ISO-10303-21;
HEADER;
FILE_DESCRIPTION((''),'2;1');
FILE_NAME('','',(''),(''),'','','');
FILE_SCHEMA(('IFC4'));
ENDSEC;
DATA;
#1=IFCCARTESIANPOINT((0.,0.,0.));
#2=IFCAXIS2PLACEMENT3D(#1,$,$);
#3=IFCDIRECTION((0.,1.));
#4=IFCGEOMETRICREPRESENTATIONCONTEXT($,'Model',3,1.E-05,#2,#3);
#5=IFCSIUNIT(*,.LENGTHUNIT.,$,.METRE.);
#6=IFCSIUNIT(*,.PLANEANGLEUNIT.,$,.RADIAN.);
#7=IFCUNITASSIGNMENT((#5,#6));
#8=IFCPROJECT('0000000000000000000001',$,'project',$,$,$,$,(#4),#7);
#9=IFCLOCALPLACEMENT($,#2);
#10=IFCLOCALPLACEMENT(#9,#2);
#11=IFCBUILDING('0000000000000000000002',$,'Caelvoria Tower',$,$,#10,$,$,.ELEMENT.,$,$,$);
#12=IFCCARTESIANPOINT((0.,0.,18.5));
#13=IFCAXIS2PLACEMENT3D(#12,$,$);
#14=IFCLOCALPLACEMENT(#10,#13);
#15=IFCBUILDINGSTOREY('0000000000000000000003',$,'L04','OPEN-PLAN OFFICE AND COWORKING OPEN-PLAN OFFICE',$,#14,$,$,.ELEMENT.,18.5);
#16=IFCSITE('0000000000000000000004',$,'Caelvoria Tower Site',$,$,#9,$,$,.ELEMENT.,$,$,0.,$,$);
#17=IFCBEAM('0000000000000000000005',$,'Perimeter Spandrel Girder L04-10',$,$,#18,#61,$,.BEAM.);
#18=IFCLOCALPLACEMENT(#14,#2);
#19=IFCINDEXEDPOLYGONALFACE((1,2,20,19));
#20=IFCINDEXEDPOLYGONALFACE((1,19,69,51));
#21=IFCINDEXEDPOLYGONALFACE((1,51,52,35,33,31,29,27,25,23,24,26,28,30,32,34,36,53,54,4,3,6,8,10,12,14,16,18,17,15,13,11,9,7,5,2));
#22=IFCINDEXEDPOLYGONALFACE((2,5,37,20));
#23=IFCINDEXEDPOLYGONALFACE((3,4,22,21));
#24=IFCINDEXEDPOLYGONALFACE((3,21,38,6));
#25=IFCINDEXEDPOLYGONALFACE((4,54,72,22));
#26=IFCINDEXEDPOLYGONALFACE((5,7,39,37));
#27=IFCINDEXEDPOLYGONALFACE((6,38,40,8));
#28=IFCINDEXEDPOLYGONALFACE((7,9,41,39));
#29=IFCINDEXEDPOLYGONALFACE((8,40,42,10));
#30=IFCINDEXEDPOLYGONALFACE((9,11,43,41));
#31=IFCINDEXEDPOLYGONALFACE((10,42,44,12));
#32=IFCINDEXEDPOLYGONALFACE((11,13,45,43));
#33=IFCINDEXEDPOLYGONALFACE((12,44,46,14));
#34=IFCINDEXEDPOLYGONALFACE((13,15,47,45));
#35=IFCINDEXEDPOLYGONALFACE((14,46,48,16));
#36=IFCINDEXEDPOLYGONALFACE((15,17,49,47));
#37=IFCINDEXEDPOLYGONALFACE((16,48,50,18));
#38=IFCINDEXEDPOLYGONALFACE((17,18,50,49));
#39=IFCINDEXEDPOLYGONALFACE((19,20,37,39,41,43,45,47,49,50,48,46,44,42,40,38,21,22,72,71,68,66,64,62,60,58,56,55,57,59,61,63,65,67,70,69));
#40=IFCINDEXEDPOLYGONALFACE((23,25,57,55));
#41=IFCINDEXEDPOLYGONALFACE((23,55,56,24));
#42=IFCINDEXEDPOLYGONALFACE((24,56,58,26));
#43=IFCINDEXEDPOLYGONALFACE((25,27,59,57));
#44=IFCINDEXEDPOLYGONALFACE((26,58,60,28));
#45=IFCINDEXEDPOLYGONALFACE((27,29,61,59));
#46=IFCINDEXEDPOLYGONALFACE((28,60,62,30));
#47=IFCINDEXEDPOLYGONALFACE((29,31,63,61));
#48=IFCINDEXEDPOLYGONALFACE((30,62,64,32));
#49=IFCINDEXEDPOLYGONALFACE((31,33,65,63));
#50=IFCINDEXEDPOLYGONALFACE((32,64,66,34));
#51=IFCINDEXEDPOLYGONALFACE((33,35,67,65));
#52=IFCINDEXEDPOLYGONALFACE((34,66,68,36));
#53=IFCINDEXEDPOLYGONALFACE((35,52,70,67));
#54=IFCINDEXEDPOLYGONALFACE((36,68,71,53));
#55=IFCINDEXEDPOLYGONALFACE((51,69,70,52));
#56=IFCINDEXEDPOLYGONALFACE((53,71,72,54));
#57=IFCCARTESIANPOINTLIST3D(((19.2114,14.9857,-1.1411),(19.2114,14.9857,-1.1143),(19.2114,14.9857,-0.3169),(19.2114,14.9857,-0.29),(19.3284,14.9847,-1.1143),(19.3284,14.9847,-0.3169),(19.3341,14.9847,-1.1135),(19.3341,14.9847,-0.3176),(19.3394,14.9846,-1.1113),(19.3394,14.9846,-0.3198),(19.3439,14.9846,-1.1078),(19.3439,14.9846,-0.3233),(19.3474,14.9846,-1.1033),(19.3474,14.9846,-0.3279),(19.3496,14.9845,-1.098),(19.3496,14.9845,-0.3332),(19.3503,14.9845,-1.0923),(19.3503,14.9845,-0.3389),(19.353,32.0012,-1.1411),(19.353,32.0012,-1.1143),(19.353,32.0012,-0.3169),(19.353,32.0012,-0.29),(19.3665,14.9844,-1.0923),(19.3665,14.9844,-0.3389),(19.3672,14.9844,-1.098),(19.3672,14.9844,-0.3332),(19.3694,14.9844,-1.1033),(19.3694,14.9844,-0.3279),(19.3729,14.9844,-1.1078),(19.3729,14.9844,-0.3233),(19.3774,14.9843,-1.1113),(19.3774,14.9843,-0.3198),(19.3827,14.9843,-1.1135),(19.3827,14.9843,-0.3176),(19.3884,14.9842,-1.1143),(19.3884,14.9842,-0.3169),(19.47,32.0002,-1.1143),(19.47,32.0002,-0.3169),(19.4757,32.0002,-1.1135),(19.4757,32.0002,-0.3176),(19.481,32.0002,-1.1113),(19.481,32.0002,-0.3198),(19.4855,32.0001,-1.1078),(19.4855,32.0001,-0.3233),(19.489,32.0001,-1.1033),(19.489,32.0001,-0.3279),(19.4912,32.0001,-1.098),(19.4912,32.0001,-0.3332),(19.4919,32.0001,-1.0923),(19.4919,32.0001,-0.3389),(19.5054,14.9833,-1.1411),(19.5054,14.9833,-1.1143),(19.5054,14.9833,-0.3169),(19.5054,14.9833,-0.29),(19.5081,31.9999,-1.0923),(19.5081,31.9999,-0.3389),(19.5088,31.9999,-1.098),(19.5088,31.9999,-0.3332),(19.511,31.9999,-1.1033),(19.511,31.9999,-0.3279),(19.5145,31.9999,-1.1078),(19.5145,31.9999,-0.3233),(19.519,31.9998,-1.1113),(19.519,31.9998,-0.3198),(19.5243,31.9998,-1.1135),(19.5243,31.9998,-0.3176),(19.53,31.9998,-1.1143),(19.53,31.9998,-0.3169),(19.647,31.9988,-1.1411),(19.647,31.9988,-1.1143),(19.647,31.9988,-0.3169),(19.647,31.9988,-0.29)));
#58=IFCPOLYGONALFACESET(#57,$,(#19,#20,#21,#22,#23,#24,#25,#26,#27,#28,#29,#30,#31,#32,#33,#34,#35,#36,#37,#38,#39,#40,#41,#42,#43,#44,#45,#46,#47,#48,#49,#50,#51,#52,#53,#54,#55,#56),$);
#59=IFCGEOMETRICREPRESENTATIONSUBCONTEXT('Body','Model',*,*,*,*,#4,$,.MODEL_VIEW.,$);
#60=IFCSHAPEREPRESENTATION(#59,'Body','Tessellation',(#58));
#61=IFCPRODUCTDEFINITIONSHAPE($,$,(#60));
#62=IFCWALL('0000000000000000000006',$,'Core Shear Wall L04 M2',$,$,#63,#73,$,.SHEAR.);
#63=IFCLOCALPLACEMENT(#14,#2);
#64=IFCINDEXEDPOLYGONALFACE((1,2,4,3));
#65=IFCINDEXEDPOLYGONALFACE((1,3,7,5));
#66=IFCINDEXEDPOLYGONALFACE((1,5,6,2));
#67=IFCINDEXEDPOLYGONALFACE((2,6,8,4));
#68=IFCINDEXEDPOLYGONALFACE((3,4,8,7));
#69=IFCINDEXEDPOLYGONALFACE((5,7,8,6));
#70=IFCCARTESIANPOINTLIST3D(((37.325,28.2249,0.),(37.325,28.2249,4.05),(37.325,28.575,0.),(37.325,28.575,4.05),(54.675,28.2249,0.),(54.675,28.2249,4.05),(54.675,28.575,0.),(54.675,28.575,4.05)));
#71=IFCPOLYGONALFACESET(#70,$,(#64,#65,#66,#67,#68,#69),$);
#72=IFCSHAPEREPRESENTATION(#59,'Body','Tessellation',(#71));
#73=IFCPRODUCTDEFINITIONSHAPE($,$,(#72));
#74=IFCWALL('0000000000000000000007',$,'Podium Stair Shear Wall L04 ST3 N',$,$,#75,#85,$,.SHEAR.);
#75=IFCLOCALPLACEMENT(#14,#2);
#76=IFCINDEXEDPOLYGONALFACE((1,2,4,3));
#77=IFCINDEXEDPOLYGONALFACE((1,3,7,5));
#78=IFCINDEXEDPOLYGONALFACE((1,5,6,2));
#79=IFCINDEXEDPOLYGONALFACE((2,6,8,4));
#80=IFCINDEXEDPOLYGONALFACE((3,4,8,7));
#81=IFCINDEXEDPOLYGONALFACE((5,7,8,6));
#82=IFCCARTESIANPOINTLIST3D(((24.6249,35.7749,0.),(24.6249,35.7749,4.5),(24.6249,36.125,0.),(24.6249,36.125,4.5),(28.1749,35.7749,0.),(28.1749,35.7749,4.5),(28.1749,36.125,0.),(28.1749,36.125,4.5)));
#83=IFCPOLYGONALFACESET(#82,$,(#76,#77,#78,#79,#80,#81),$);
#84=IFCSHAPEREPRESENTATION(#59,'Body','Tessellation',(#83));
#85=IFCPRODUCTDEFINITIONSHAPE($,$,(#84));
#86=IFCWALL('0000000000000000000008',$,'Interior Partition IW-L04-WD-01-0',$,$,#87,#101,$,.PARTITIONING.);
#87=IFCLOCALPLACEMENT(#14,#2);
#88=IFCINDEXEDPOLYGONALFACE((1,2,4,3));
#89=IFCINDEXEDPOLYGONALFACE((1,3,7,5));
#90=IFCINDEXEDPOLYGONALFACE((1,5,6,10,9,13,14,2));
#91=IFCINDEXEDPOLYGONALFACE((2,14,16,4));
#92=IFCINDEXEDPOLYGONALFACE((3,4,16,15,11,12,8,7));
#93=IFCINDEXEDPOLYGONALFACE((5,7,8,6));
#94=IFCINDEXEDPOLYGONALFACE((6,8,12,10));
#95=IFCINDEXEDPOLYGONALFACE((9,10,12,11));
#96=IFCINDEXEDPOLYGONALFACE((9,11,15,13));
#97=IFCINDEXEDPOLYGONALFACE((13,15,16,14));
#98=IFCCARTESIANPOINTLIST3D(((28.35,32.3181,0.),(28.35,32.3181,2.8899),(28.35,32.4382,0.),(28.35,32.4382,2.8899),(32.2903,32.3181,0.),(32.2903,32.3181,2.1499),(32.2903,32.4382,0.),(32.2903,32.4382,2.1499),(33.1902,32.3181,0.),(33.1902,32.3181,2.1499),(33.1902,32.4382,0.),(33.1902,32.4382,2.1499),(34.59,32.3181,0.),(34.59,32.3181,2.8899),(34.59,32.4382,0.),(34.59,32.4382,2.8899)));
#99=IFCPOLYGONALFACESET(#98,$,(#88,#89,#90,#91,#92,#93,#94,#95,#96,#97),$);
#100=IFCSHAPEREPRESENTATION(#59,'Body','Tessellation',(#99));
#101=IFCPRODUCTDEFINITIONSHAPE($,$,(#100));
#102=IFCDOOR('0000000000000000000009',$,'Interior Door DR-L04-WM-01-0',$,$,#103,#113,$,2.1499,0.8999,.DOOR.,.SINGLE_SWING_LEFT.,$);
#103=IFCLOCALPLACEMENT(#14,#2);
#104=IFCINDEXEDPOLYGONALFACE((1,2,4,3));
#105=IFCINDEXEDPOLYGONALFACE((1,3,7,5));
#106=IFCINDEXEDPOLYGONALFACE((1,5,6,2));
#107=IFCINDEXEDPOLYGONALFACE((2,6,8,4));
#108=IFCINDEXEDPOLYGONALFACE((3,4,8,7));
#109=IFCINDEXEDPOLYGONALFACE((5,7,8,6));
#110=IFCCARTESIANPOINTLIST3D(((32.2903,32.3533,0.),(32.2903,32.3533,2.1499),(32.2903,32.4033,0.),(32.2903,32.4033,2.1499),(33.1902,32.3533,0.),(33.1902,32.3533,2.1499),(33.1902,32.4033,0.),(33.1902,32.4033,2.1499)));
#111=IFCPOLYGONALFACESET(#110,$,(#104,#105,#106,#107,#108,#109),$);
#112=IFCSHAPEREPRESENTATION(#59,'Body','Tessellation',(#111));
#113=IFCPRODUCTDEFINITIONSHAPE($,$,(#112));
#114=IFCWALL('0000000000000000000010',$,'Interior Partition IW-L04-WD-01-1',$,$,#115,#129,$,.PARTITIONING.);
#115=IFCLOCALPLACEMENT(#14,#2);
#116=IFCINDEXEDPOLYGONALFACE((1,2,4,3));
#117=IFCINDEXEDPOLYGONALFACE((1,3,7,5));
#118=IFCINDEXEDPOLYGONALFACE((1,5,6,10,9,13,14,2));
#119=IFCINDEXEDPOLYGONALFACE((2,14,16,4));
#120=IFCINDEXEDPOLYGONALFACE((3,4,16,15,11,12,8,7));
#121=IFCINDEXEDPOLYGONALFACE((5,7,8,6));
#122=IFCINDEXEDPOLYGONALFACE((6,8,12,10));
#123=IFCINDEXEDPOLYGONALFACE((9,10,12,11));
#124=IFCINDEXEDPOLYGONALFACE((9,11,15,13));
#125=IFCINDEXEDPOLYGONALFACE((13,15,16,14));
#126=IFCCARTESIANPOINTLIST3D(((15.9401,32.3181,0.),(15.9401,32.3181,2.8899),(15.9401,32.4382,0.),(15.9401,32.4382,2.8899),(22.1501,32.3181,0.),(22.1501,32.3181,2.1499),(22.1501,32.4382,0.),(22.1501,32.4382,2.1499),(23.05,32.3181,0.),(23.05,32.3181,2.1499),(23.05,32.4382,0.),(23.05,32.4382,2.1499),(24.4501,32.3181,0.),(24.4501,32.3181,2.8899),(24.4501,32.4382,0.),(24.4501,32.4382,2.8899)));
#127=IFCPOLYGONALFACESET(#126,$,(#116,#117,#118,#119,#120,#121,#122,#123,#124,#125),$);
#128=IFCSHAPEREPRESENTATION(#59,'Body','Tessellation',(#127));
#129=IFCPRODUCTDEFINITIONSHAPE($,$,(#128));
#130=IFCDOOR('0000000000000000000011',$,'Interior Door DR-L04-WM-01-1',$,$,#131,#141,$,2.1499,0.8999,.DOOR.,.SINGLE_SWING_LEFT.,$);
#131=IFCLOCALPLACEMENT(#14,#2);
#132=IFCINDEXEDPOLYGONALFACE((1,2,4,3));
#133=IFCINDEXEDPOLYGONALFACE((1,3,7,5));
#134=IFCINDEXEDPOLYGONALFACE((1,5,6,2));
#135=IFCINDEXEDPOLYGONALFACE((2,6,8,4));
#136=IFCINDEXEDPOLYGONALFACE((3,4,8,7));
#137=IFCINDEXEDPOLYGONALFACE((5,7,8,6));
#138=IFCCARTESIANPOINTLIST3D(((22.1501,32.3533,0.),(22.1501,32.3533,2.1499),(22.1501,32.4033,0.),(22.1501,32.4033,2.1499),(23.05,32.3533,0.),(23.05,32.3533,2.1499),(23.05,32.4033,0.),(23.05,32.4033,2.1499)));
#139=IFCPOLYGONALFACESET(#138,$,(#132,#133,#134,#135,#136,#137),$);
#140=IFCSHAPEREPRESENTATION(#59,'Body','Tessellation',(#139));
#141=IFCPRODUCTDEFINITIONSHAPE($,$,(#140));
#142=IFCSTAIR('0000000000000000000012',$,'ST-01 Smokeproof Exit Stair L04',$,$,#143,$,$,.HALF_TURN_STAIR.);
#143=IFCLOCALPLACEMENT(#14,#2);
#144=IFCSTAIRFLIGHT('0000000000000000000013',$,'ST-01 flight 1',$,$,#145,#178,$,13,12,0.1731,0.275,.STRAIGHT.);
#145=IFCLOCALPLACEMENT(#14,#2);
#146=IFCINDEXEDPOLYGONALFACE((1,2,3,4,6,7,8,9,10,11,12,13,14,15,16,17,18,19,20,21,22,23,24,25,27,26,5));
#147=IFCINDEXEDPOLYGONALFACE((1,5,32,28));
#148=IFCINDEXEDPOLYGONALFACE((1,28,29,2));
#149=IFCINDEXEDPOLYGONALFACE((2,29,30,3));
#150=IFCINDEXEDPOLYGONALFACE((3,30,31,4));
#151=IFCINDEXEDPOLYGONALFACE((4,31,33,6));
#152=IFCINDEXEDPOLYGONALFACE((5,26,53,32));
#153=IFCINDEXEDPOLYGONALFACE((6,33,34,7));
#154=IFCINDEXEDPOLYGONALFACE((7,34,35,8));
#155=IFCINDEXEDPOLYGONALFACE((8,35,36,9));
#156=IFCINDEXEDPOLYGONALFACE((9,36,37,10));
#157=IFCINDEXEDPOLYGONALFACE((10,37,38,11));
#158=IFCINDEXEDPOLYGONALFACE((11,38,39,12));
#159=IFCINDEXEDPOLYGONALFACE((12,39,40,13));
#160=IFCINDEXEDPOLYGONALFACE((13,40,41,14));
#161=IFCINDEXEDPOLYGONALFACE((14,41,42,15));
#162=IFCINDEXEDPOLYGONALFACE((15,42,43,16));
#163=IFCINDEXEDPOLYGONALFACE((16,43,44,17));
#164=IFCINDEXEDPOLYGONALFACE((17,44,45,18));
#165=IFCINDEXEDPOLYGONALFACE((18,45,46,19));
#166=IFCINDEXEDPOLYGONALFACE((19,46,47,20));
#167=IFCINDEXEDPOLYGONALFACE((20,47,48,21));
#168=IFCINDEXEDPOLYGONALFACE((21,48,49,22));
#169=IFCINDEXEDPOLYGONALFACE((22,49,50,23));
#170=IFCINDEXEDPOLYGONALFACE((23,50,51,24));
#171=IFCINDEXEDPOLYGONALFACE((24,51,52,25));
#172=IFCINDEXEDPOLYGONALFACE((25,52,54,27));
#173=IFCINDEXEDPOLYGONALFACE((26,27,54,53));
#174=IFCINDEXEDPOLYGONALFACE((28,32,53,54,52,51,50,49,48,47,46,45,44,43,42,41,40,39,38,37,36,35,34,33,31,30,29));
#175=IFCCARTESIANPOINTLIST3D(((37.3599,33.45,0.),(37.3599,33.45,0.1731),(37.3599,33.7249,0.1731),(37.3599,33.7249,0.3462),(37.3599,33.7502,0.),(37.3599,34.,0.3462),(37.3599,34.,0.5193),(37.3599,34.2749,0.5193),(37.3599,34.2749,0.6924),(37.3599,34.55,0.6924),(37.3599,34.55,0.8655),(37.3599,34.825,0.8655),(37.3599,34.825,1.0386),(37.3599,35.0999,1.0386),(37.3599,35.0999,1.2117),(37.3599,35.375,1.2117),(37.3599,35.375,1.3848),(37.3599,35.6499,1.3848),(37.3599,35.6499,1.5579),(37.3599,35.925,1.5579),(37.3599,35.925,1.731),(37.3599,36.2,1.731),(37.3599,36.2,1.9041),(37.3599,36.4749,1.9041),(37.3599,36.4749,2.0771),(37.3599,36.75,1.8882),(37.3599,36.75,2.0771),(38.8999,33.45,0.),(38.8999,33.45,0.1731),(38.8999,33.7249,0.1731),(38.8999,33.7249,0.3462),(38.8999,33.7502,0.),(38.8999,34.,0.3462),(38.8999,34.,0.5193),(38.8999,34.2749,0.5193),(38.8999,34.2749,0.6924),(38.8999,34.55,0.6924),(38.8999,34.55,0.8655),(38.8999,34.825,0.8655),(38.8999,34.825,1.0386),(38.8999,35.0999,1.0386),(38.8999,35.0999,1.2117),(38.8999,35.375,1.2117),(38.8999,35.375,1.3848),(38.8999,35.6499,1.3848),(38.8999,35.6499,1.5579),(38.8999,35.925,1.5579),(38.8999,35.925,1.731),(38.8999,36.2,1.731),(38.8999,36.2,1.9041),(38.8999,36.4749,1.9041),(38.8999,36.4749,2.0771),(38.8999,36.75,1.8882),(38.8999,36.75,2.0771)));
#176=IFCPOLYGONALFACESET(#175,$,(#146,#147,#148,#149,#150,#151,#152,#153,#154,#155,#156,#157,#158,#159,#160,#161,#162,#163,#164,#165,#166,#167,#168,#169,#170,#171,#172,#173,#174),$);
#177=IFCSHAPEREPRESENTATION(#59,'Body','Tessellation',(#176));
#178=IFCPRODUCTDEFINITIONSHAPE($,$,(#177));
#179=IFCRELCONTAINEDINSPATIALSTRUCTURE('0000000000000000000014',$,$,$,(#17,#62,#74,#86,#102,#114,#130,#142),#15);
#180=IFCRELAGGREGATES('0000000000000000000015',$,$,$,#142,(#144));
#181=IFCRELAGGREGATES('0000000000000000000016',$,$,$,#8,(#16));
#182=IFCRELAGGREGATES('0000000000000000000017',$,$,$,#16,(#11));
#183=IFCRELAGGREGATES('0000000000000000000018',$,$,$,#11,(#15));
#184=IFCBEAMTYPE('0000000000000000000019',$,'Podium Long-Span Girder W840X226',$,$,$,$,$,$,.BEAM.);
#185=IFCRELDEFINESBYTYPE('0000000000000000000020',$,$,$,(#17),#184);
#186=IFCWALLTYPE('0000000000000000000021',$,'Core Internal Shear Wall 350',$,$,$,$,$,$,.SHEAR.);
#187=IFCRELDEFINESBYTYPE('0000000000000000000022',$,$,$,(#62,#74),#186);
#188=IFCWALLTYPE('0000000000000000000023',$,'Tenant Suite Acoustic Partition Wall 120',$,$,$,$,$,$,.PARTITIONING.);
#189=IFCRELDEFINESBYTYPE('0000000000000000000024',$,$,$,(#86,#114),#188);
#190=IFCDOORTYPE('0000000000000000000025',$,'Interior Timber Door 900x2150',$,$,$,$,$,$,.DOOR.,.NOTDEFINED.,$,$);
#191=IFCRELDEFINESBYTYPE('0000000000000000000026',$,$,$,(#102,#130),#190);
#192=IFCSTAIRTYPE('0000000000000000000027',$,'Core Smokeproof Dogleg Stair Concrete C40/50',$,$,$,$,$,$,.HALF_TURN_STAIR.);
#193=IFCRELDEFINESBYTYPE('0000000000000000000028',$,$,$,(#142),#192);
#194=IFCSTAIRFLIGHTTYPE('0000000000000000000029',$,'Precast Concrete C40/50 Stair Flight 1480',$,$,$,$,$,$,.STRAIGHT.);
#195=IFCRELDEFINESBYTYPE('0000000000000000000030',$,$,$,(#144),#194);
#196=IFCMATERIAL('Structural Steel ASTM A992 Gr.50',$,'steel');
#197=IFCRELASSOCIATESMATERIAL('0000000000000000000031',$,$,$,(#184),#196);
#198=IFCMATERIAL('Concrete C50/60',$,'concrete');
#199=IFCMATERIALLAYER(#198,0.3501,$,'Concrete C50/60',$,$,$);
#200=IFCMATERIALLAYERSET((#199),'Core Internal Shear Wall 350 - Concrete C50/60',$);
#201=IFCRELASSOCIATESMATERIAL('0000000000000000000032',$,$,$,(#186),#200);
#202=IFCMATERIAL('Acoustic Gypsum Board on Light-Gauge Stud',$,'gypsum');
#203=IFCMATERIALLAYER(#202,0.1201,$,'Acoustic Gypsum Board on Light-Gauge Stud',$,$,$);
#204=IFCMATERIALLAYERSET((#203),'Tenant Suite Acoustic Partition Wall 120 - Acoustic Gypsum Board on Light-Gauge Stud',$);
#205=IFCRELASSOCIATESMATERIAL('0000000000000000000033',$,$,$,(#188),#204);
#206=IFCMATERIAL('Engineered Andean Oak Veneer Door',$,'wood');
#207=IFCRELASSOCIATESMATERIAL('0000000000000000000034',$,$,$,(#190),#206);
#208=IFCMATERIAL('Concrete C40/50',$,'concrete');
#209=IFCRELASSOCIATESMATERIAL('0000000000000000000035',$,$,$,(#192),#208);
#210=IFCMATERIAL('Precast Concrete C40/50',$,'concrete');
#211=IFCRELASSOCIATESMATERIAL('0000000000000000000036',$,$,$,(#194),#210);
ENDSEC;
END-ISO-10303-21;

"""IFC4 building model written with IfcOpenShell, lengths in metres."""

from ifc_helpers import new_model, si_unit, direction, frame, frame_2d, origin, origin_2d, place, context, subcontext, project, spatial, polyline, rectangle, i_section, outline, extrude, material, layer, layer_set, material_profile, profile_set, type_object, element, fill, aggregate, save


model = new_model("IFC4")

# Units and contexts
model_context = context("Model", 3, precision=1e-05, world=origin(), true_north=direction((0.0, 1.0)))
body_context = subcontext(model_context, "Body", "Model", "MODEL_VIEW")
ifc_project = project(units=[si_unit("LENGTHUNIT", "METRE"), si_unit("PLANEANGLEUNIT", "RADIAN")], contexts=[model_context])

# Site, building, storey
site_placement = place(None, origin())
site = spatial("IfcSite", under=ifc_project, at=site_placement, Name="Caelvoria Tower Site", CompositionType="ELEMENT", RefElevation=0.0)
building_placement = place(site_placement, origin())
building = spatial("IfcBuilding", under=site, at=building_placement, Name="Caelvoria Tower", CompositionType="ELEMENT")
storey_placement = place(building_placement, frame((0.0, 0.0, 18.5)))
storey = spatial("IfcBuildingStorey", under=building, at=storey_placement, Name="L04", Description="OPEN-PLAN OFFICE AND COWORKING OPEN-PLAN OFFICE", CompositionType="ELEMENT", Elevation=18.5)

# Beam
ifc_material_1 = material(Name="Structural Steel ASTM A992 Gr.50", Category="steel")
ifc_material_profile_1 = material_profile(ifc_material_1, i_section(OverallWidth=0.2939, OverallDepth=0.8511, WebThickness=0.0161, FlangeThickness=0.0269, FilletRadius=0.022, at=origin_2d()), Name="Structural Steel ASTM A992 Gr.50")
ifc_profile_set_1 = profile_set([ifc_material_profile_1], Name="W840X226 - Structural Steel ASTM A992 Gr.50")
beam_type_1 = type_object("IfcBeamType", Name="Podium Long-Span Girder W840X226", PredefinedType="BEAM", material=ifc_profile_set_1)
beam_placement = place(storey_placement, frame((19.5, 32.0, -0.7156), z_axis=(-0.008322, -0.999965, 0.0), x_axis=(0.999965, -0.008322, 0.0)))
element("IfcBeam", 1, at=beam_placement, inside=storey, type_object=beam_type_1, Name="Perimeter Spandrel Girder L04-10", PredefinedType="BEAM", context=body_context, shape_type="SweptSolid", body=[
    extrude(i_section(OverallWidth=0.2939, OverallDepth=0.8511, WebThickness=0.0161, FlangeThickness=0.0269, FilletRadius=0.022, at=origin_2d()), origin(), (0.0, 0.0, 1.0), 17.0161),
])

# Shared definitions
ifc_material_2 = material(Name="Concrete C50/60", Category="concrete")
ifc_layer_1 = layer(ifc_material_2, 0.3501, Name="Concrete C50/60")
ifc_layer_set_1 = layer_set([ifc_layer_1], Name="Core Internal Shear Wall 350 - Concrete C50/60")
wall_type_1 = type_object("IfcWallType", Name="Core Internal Shear Wall 350", PredefinedType="SHEAR", material=ifc_layer_set_1)

# Walls
wall_1_placement = place(storey_placement, frame((37.325, 28.3999, 0.0), z_axis=(0.0, 0.0, 1.0), x_axis=(1.0, 0.0, 0.0)))
element("IfcWall", 2, at=wall_1_placement, inside=storey, type_object=wall_type_1, Name="Core Shear Wall L04 M2", PredefinedType="SHEAR", context=body_context, shape_type="SweptSolid", body=[
    extrude(rectangle(XDim=17.3501, YDim=0.3501, at=frame_2d((8.675, 0.0))), origin(), (0.0, 0.0, 1.0), 4.05),
])
wall_2_placement = place(storey_placement, frame((24.625, 35.95, 0.0), z_axis=(0.0, 0.0, 1.0), x_axis=(1.0, 0.0, 0.0)))
element("IfcWall", 3, at=wall_2_placement, inside=storey, type_object=wall_type_1, Name="Podium Stair Shear Wall L04 ST3 N", PredefinedType="SHEAR", context=body_context, shape_type="SweptSolid", body=[
    extrude(rectangle(XDim=3.55, YDim=0.3501, at=frame_2d((1.7749, 0.0))), origin(), (0.0, 0.0, 1.0), 4.5),
])

# Walls, openings, doors
ifc_material_3 = material(Name="Acoustic Gypsum Board on Light-Gauge Stud", Category="gypsum")
ifc_layer_2 = layer(ifc_material_3, 0.1201, Name="Acoustic Gypsum Board on Light-Gauge Stud")
ifc_layer_set_2 = layer_set([ifc_layer_2], Name="Tenant Suite Acoustic Partition Wall 120 - Acoustic Gypsum Board on Light-Gauge Stud")
wall_type_2 = type_object("IfcWallType", Name="Tenant Suite Acoustic Partition Wall 120", PredefinedType="PARTITIONING", material=ifc_layer_set_2)
wall_3_placement = place(storey_placement, frame((34.5901, 32.3782, 0.0), z_axis=(0.0, 0.0, 1.0), x_axis=(-1.0, 0.0, 0.0)))
wall_3 = element("IfcWall", 4, at=wall_3_placement, inside=storey, type_object=wall_type_2, Name="Interior Partition IW-L04-WD-01-0", PredefinedType="PARTITIONING", context=body_context, shape_type="SweptSolid", body=[
    extrude(rectangle(XDim=6.24, YDim=0.1201, at=frame_2d((3.1201, 0.0))), origin(), (0.0, 0.0, 1.0), 2.8899),
])
opening_1_placement = place(wall_3_placement, frame((1.3999, 0.0, 0.0)))
opening_1 = element("IfcOpeningElement", 5, at=opening_1_placement, cuts=wall_3, PredefinedType="OPENING", context=body_context, shape_type="SweptSolid", body=[
    extrude(rectangle(XDim=0.8999, YDim=2.1499, at=frame_2d((0.45, 1.075))), frame((0.0, 0.0701, 0.0), z_axis=(0.0, -1.0, 0.0), x_axis=(1.0, 0.0, 0.0)), (0.0, 0.0, 1.0), 0.1401),
])
ifc_material_4 = material(Name="Engineered Andean Oak Veneer Door", Category="wood")
door_type_1 = type_object("IfcDoorType", Name="Interior Timber Door 900x2150", OperationType="NOTDEFINED", PredefinedType="DOOR", material=ifc_material_4)
door_1_placement = place(opening_1_placement, origin())
door_1 = element("IfcDoor", 6, at=door_1_placement, inside=storey, type_object=door_type_1, Name="Interior Door DR-L04-WM-01-0", OperationType="SINGLE_SWING_LEFT", OverallHeight=2.1499, OverallWidth=0.8999, PredefinedType="DOOR", context=body_context, shape_type="SweptSolid", body=[
    extrude(rectangle(XDim=0.8999, YDim=2.1499, at=frame_2d((0.45, 1.075))), frame((0.0, 0.0249, 0.0), z_axis=(0.0, -1.0, 0.0), x_axis=(1.0, 0.0, 0.0)), (0.0, 0.0, 1.0), 0.05),
])
fill(opening_1, door_1)
wall_4_placement = place(storey_placement, frame((24.45, 32.3782, 0.0), z_axis=(0.0, 0.0, 1.0), x_axis=(-1.0, 0.0, 0.0)))
wall_4 = element("IfcWall", 7, at=wall_4_placement, inside=storey, type_object=wall_type_2, Name="Interior Partition IW-L04-WD-01-1", PredefinedType="PARTITIONING", context=body_context, shape_type="SweptSolid", body=[
    extrude(rectangle(XDim=8.51, YDim=0.1201, at=frame_2d((4.2549, 0.0))), origin(), (0.0, 0.0, 1.0), 2.8899),
])
opening_2_placement = place(wall_4_placement, frame((1.3999, 0.0, 0.0)))
opening_2 = element("IfcOpeningElement", 8, at=opening_2_placement, cuts=wall_4, PredefinedType="OPENING", context=body_context, shape_type="SweptSolid", body=[
    extrude(rectangle(XDim=0.8999, YDim=2.1499, at=frame_2d((0.45, 1.075))), frame((0.0, 0.0701, 0.0), z_axis=(0.0, -1.0, 0.0), x_axis=(1.0, 0.0, 0.0)), (0.0, 0.0, 1.0), 0.1401),
])
door_2_placement = place(opening_2_placement, origin())
door_2 = element("IfcDoor", 9, at=door_2_placement, inside=storey, type_object=door_type_1, Name="Interior Door DR-L04-WM-01-1", OperationType="SINGLE_SWING_LEFT", OverallHeight=2.1499, OverallWidth=0.8999, PredefinedType="DOOR", context=body_context, shape_type="SweptSolid", body=[
    extrude(rectangle(XDim=0.8999, YDim=2.1499, at=frame_2d((0.45, 1.075))), frame((0.0, 0.0249, 0.0), z_axis=(0.0, -1.0, 0.0), x_axis=(1.0, 0.0, 0.0)), (0.0, 0.0, 1.0), 0.05),
])
fill(opening_2, door_2)

# Stair, stair flight
ifc_material_5 = material(Name="Concrete C40/50", Category="concrete")
stair_type = type_object("IfcStairType", Name="Core Smokeproof Dogleg Stair Concrete C40/50", PredefinedType="HALF_TURN_STAIR", material=ifc_material_5)
stair_1_placement = place(storey_placement, origin())
stair_1 = element("IfcStair", 10, at=stair_1_placement, inside=storey, type_object=stair_type, Name="ST-01 Smokeproof Exit Stair L04", PredefinedType="HALF_TURN_STAIR")
ifc_material_6 = material(Name="Precast Concrete C40/50", Category="concrete")
stair_flight_type = type_object("IfcStairFlightType", Name="Precast Concrete C40/50 Stair Flight 1480", PredefinedType="STRAIGHT", material=ifc_material_6)
stair_flight_1_placement = place(storey_placement, frame((38.1299, 33.45, 0.0), z_axis=(0.0, 0.0, 1.0), x_axis=(0.0, 1.0, 0.0)))
stair_flight_1 = element("IfcStairFlight", 11, at=stair_flight_1_placement, type_object=stair_flight_type, Name="ST-01 flight 1", NumberOfRisers=13, NumberOfTreads=12, PredefinedType="STRAIGHT", RiserHeight=0.1731, TreadLength=0.275, context=body_context, shape_type="SweptSolid", body=[
    extrude(outline(polyline([(0.0, 0.0), (0.0, 0.1731), (0.2749, 0.1731), (0.2749, 0.3462), (0.55, 0.3462), (0.55, 0.5193), (0.825, 0.5193), (0.825, 0.6924), (1.1001, 0.6924), (1.1001, 0.8655), (1.375, 0.8655), (1.375, 1.0386), (1.6499, 1.0386), (1.6499, 1.2117), (1.925, 1.2117), (1.925, 1.3848), (2.2, 1.3848), (2.2, 1.5579), (2.4751, 1.5579), (2.4751, 1.731), (2.75, 1.731), (2.75, 1.9041), (3.0249, 1.9041), (3.0249, 2.0771), (3.3, 2.0771), (3.3, 2.2502), (3.3, 1.8882), (0.3003, 0.0), (0.0, 0.0)])), frame((0.0, 0.77, 0.0), z_axis=(0.0, -1.0, 0.0), x_axis=(1.0, 0.0, 0.0)), (0.0, 0.0, 1.0), 1.54),
])
aggregate(stair_1, [stair_flight_1])

save(model, "model.ifc")
